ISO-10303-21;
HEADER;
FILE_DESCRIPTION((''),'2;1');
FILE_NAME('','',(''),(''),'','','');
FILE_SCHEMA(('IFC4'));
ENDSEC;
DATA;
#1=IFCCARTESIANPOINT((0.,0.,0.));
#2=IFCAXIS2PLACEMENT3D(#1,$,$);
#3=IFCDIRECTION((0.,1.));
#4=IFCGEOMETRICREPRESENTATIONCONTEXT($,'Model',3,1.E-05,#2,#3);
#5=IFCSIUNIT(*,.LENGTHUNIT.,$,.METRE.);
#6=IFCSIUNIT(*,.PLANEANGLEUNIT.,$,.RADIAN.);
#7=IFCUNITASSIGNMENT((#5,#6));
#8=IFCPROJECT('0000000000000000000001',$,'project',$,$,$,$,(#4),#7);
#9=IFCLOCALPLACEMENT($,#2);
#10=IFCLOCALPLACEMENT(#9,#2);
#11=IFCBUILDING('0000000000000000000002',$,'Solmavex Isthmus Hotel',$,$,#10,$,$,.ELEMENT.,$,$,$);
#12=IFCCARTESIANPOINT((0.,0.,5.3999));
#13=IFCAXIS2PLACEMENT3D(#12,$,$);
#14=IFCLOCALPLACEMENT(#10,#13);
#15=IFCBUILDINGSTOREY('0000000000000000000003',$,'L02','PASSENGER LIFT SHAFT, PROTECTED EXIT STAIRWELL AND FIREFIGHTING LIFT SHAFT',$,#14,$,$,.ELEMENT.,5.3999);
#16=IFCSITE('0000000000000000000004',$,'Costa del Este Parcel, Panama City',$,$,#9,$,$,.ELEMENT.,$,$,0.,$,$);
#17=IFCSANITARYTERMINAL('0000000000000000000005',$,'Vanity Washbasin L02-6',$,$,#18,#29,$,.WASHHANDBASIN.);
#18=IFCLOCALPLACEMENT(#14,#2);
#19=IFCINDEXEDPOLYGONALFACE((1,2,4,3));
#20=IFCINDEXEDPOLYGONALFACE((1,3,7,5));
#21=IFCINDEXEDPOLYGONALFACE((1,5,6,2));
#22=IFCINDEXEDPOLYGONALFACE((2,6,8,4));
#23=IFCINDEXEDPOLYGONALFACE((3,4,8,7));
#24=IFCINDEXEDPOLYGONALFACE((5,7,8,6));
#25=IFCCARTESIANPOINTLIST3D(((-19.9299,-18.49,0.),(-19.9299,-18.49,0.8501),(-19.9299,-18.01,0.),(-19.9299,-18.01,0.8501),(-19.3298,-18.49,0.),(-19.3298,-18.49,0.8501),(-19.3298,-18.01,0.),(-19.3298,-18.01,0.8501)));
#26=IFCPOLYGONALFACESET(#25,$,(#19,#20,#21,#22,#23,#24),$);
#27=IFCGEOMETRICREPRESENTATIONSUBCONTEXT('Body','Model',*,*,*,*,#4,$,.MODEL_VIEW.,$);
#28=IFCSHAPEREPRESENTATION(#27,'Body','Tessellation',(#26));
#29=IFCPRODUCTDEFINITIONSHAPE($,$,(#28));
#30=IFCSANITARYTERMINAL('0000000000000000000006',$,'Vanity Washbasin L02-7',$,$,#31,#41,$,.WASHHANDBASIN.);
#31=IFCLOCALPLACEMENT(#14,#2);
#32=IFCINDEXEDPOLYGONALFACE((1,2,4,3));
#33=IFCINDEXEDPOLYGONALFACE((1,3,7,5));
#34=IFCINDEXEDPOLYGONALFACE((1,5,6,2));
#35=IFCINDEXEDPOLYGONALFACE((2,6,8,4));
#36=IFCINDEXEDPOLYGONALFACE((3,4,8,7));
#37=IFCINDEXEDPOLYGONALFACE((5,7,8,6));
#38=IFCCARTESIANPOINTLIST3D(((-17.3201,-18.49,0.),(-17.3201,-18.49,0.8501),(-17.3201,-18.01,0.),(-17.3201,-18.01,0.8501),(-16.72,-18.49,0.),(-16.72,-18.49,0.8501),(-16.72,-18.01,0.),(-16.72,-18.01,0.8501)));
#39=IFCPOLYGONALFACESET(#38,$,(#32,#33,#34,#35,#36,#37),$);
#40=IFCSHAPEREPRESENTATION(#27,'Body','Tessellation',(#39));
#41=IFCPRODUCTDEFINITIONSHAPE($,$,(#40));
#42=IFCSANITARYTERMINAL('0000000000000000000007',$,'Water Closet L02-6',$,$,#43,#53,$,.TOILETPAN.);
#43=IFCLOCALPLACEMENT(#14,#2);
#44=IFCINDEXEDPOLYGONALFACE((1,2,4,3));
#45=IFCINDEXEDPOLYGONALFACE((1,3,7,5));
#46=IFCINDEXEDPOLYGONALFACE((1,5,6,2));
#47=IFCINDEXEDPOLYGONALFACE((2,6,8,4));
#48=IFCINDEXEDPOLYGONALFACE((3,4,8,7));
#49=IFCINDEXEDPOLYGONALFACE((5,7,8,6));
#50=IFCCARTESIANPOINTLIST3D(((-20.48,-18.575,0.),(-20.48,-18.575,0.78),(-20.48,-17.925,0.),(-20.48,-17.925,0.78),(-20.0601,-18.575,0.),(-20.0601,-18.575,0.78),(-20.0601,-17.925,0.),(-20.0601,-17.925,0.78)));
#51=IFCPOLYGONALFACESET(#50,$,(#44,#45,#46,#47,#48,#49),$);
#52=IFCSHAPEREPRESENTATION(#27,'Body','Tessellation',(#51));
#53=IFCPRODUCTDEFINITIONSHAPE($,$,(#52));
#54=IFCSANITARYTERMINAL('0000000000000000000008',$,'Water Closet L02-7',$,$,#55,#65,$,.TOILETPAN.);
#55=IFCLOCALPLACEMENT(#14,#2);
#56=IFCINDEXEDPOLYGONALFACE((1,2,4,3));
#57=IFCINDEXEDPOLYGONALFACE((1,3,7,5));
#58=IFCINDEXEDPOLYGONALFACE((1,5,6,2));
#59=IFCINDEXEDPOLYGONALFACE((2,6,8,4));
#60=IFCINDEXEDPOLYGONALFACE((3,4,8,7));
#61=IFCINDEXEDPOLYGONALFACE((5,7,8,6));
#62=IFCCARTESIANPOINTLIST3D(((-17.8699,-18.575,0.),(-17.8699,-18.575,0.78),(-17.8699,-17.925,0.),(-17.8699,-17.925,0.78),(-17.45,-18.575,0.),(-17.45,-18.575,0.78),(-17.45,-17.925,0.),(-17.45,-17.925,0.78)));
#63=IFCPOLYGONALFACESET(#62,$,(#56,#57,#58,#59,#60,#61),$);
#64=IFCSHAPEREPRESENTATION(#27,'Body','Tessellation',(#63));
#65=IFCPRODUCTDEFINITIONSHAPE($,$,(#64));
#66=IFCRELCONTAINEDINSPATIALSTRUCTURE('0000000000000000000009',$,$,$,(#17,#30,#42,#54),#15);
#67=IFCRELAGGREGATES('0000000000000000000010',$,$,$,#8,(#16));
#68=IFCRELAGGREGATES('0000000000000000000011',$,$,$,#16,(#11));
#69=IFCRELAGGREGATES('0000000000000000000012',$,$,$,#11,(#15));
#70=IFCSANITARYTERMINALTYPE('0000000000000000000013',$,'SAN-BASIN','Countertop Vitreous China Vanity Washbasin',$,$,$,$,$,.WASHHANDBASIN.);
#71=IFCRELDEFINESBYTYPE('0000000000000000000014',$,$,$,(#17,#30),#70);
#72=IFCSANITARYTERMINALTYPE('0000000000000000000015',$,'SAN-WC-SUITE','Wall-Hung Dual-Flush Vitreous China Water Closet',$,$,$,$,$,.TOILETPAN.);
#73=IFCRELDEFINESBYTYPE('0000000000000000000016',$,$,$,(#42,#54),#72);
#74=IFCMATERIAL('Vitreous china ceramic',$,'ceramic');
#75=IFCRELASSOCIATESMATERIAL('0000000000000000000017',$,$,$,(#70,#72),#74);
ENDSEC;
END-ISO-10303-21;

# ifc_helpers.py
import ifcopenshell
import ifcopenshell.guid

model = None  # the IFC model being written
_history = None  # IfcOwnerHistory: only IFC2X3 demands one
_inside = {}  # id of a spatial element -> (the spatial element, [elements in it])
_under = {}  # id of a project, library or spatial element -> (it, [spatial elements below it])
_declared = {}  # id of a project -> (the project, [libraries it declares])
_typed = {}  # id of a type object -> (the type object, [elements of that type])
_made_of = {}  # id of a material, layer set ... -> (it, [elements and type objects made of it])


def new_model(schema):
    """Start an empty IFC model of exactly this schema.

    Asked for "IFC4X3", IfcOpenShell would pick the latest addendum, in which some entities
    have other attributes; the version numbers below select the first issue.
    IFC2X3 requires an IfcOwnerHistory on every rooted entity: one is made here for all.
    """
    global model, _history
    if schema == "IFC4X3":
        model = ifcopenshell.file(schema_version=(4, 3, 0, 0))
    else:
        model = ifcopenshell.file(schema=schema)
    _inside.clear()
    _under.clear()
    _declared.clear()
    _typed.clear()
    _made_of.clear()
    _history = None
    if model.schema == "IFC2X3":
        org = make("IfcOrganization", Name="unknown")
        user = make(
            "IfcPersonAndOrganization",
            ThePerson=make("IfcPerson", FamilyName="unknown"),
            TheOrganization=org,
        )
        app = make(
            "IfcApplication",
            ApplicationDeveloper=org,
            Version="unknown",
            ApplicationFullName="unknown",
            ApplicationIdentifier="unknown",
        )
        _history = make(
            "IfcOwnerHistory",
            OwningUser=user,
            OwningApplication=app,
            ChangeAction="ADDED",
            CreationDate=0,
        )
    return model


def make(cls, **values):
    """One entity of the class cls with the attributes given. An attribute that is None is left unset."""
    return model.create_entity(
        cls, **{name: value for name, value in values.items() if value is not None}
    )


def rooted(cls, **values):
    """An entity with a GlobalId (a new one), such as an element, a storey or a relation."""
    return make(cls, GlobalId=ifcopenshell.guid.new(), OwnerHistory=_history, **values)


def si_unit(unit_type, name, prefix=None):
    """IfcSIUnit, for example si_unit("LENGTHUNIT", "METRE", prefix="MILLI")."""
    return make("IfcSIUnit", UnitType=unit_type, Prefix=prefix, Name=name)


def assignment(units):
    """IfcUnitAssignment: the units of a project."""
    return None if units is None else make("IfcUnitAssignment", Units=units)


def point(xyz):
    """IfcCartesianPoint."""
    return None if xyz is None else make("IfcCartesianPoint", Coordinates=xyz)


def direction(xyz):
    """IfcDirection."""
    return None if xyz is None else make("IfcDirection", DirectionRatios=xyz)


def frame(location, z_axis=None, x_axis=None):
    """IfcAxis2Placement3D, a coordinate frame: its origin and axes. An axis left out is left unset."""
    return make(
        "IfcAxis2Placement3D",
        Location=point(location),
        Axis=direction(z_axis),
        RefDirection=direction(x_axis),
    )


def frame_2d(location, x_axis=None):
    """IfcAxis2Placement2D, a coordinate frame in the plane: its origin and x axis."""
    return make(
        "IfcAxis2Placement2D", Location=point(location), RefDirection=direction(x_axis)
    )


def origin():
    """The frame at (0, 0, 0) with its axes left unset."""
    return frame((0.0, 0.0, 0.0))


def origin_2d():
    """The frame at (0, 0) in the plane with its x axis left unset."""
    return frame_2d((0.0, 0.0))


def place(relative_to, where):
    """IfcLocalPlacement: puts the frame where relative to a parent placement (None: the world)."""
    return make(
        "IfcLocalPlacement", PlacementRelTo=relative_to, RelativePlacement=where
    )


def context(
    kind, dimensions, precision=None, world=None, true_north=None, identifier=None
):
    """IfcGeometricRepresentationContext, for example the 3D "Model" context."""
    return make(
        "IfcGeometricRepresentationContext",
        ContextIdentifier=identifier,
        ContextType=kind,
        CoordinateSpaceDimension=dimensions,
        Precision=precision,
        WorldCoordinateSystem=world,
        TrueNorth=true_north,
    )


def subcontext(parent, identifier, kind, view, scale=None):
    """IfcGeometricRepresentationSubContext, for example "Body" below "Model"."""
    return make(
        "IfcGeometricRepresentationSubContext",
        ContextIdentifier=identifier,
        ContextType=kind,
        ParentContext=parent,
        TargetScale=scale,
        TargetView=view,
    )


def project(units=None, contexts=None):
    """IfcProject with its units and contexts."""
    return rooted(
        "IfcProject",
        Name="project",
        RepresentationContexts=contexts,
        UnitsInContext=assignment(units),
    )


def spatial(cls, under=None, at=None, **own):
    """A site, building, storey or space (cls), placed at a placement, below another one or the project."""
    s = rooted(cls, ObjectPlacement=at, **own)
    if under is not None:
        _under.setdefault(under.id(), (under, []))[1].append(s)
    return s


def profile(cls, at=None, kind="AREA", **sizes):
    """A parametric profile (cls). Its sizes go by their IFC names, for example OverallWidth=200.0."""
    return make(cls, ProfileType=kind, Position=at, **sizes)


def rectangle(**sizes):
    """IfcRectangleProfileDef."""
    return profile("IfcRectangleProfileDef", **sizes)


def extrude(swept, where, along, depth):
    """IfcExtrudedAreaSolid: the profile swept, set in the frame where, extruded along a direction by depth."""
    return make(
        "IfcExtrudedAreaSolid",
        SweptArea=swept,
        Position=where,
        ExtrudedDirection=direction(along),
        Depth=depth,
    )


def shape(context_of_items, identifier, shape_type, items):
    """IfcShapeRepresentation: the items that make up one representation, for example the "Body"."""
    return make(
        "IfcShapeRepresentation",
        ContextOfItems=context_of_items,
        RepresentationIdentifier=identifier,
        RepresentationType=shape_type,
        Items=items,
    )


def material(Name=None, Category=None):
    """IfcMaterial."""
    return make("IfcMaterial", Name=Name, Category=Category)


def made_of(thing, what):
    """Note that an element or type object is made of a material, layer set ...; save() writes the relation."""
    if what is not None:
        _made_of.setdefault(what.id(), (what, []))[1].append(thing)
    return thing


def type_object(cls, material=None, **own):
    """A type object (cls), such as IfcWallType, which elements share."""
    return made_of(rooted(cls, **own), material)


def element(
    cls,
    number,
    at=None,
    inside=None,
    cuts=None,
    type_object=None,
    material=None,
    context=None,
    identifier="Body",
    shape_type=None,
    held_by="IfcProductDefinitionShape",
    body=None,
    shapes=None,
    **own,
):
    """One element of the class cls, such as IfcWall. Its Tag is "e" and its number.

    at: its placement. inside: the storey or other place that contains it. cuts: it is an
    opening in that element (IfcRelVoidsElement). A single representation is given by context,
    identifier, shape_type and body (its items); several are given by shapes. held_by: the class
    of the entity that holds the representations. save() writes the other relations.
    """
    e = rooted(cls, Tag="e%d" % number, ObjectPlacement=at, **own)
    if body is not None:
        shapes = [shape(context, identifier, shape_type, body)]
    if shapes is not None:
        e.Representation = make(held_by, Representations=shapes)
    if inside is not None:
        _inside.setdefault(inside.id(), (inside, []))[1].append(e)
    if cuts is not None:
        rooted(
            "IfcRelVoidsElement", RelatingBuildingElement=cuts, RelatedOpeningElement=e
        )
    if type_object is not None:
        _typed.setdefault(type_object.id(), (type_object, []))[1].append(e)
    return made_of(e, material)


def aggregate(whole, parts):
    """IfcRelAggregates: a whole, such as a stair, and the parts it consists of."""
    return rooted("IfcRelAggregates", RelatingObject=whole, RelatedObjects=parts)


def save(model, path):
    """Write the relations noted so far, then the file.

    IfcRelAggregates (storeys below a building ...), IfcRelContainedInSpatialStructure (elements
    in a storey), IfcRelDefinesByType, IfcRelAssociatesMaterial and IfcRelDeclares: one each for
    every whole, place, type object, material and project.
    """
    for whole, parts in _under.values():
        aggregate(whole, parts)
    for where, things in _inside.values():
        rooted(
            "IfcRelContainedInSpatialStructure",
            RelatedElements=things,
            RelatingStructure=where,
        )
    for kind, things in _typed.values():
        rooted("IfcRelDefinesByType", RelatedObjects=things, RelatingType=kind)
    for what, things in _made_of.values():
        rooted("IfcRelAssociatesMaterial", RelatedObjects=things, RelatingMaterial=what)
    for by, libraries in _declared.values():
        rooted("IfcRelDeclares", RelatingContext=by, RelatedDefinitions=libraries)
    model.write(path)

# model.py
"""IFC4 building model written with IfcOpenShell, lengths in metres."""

from ifc_helpers import new_model, si_unit, direction, frame, origin, origin_2d, place, context, subcontext, project, spatial, rectangle, extrude, material, type_object, element, save


model = new_model("IFC4")

# Units and contexts
model_context = context("Model", 3, precision=1e-05, world=origin(), true_north=direction((0.0, 1.0)))
body_context = subcontext(model_context, "Body", "Model", "MODEL_VIEW")
ifc_project = project(units=[si_unit("LENGTHUNIT", "METRE"), si_unit("PLANEANGLEUNIT", "RADIAN")], contexts=[model_context])

# Site, building, storey
site_placement = place(None, origin())
site = spatial("IfcSite", under=ifc_project, at=site_placement, Name="Costa del Este Parcel, Panama City", CompositionType="ELEMENT", RefElevation=0.0)
building_placement = place(site_placement, origin())
building = spatial("IfcBuilding", under=site, at=building_placement, Name="Solmavex Isthmus Hotel", CompositionType="ELEMENT")
storey_placement = place(building_placement, frame((0.0, 0.0, 5.3999)))
storey = spatial("IfcBuildingStorey", under=building, at=storey_placement, Name="L02", Description="PASSENGER LIFT SHAFT, PROTECTED EXIT STAIRWELL AND FIREFIGHTING LIFT SHAFT", CompositionType="ELEMENT", Elevation=5.3999)

# Sanitary terminals
ifc_material_1 = material(Name="Vitreous china ceramic", Category="ceramic")
sanitary_terminal_type_1 = type_object("IfcSanitaryTerminalType", Name="SAN-BASIN", Description="Countertop Vitreous China Vanity Washbasin", PredefinedType="WASHHANDBASIN", material=ifc_material_1)
for number, where, z_axis, x_axis, name in (
    (1, (-19.6299, -18.25, 0.0), (0.0, 0.0, 1.0), (1.0, 0.0, 0.0), "Vanity Washbasin L02-6"),
    (2, (-17.02, -18.25, 0.0), (0.0, 0.0, 1.0), (1.0, 0.0, 0.0), "Vanity Washbasin L02-7"),
):
    element("IfcSanitaryTerminal", number, at=place(storey_placement, frame(where, z_axis=z_axis, x_axis=x_axis)), inside=storey, type_object=sanitary_terminal_type_1, Name=name, PredefinedType="WASHHANDBASIN", context=body_context, shape_type="SweptSolid", body=[
        extrude(rectangle(XDim=0.6001, YDim=0.48, at=origin_2d()), origin(), (0.0, 0.0, 1.0), 0.8501),
    ])
sanitary_terminal_type_2 = type_object("IfcSanitaryTerminalType", Name="SAN-WC-SUITE", Description="Wall-Hung Dual-Flush Vitreous China Water Closet", PredefinedType="TOILETPAN", material=ifc_material_1)
for number, where, z_axis, x_axis, name in (
    (3, (-20.27, -18.25, 0.0), (0.0, 0.0, 1.0), (1.0, 0.0, 0.0), "Water Closet L02-6"),
    (4, (-17.6599, -18.25, 0.0), (0.0, 0.0, 1.0), (1.0, 0.0, 0.0), "Water Closet L02-7"),
):
    element("IfcSanitaryTerminal", number, at=place(storey_placement, frame(where, z_axis=z_axis, x_axis=x_axis)), inside=storey, type_object=sanitary_terminal_type_2, Name=name, PredefinedType="TOILETPAN", context=body_context, shape_type="SweptSolid", body=[
        extrude(rectangle(XDim=0.4199, YDim=0.6499, at=origin_2d()), origin(), (0.0, 0.0, 1.0), 0.78),
    ])

save(model, "model.ifc")
